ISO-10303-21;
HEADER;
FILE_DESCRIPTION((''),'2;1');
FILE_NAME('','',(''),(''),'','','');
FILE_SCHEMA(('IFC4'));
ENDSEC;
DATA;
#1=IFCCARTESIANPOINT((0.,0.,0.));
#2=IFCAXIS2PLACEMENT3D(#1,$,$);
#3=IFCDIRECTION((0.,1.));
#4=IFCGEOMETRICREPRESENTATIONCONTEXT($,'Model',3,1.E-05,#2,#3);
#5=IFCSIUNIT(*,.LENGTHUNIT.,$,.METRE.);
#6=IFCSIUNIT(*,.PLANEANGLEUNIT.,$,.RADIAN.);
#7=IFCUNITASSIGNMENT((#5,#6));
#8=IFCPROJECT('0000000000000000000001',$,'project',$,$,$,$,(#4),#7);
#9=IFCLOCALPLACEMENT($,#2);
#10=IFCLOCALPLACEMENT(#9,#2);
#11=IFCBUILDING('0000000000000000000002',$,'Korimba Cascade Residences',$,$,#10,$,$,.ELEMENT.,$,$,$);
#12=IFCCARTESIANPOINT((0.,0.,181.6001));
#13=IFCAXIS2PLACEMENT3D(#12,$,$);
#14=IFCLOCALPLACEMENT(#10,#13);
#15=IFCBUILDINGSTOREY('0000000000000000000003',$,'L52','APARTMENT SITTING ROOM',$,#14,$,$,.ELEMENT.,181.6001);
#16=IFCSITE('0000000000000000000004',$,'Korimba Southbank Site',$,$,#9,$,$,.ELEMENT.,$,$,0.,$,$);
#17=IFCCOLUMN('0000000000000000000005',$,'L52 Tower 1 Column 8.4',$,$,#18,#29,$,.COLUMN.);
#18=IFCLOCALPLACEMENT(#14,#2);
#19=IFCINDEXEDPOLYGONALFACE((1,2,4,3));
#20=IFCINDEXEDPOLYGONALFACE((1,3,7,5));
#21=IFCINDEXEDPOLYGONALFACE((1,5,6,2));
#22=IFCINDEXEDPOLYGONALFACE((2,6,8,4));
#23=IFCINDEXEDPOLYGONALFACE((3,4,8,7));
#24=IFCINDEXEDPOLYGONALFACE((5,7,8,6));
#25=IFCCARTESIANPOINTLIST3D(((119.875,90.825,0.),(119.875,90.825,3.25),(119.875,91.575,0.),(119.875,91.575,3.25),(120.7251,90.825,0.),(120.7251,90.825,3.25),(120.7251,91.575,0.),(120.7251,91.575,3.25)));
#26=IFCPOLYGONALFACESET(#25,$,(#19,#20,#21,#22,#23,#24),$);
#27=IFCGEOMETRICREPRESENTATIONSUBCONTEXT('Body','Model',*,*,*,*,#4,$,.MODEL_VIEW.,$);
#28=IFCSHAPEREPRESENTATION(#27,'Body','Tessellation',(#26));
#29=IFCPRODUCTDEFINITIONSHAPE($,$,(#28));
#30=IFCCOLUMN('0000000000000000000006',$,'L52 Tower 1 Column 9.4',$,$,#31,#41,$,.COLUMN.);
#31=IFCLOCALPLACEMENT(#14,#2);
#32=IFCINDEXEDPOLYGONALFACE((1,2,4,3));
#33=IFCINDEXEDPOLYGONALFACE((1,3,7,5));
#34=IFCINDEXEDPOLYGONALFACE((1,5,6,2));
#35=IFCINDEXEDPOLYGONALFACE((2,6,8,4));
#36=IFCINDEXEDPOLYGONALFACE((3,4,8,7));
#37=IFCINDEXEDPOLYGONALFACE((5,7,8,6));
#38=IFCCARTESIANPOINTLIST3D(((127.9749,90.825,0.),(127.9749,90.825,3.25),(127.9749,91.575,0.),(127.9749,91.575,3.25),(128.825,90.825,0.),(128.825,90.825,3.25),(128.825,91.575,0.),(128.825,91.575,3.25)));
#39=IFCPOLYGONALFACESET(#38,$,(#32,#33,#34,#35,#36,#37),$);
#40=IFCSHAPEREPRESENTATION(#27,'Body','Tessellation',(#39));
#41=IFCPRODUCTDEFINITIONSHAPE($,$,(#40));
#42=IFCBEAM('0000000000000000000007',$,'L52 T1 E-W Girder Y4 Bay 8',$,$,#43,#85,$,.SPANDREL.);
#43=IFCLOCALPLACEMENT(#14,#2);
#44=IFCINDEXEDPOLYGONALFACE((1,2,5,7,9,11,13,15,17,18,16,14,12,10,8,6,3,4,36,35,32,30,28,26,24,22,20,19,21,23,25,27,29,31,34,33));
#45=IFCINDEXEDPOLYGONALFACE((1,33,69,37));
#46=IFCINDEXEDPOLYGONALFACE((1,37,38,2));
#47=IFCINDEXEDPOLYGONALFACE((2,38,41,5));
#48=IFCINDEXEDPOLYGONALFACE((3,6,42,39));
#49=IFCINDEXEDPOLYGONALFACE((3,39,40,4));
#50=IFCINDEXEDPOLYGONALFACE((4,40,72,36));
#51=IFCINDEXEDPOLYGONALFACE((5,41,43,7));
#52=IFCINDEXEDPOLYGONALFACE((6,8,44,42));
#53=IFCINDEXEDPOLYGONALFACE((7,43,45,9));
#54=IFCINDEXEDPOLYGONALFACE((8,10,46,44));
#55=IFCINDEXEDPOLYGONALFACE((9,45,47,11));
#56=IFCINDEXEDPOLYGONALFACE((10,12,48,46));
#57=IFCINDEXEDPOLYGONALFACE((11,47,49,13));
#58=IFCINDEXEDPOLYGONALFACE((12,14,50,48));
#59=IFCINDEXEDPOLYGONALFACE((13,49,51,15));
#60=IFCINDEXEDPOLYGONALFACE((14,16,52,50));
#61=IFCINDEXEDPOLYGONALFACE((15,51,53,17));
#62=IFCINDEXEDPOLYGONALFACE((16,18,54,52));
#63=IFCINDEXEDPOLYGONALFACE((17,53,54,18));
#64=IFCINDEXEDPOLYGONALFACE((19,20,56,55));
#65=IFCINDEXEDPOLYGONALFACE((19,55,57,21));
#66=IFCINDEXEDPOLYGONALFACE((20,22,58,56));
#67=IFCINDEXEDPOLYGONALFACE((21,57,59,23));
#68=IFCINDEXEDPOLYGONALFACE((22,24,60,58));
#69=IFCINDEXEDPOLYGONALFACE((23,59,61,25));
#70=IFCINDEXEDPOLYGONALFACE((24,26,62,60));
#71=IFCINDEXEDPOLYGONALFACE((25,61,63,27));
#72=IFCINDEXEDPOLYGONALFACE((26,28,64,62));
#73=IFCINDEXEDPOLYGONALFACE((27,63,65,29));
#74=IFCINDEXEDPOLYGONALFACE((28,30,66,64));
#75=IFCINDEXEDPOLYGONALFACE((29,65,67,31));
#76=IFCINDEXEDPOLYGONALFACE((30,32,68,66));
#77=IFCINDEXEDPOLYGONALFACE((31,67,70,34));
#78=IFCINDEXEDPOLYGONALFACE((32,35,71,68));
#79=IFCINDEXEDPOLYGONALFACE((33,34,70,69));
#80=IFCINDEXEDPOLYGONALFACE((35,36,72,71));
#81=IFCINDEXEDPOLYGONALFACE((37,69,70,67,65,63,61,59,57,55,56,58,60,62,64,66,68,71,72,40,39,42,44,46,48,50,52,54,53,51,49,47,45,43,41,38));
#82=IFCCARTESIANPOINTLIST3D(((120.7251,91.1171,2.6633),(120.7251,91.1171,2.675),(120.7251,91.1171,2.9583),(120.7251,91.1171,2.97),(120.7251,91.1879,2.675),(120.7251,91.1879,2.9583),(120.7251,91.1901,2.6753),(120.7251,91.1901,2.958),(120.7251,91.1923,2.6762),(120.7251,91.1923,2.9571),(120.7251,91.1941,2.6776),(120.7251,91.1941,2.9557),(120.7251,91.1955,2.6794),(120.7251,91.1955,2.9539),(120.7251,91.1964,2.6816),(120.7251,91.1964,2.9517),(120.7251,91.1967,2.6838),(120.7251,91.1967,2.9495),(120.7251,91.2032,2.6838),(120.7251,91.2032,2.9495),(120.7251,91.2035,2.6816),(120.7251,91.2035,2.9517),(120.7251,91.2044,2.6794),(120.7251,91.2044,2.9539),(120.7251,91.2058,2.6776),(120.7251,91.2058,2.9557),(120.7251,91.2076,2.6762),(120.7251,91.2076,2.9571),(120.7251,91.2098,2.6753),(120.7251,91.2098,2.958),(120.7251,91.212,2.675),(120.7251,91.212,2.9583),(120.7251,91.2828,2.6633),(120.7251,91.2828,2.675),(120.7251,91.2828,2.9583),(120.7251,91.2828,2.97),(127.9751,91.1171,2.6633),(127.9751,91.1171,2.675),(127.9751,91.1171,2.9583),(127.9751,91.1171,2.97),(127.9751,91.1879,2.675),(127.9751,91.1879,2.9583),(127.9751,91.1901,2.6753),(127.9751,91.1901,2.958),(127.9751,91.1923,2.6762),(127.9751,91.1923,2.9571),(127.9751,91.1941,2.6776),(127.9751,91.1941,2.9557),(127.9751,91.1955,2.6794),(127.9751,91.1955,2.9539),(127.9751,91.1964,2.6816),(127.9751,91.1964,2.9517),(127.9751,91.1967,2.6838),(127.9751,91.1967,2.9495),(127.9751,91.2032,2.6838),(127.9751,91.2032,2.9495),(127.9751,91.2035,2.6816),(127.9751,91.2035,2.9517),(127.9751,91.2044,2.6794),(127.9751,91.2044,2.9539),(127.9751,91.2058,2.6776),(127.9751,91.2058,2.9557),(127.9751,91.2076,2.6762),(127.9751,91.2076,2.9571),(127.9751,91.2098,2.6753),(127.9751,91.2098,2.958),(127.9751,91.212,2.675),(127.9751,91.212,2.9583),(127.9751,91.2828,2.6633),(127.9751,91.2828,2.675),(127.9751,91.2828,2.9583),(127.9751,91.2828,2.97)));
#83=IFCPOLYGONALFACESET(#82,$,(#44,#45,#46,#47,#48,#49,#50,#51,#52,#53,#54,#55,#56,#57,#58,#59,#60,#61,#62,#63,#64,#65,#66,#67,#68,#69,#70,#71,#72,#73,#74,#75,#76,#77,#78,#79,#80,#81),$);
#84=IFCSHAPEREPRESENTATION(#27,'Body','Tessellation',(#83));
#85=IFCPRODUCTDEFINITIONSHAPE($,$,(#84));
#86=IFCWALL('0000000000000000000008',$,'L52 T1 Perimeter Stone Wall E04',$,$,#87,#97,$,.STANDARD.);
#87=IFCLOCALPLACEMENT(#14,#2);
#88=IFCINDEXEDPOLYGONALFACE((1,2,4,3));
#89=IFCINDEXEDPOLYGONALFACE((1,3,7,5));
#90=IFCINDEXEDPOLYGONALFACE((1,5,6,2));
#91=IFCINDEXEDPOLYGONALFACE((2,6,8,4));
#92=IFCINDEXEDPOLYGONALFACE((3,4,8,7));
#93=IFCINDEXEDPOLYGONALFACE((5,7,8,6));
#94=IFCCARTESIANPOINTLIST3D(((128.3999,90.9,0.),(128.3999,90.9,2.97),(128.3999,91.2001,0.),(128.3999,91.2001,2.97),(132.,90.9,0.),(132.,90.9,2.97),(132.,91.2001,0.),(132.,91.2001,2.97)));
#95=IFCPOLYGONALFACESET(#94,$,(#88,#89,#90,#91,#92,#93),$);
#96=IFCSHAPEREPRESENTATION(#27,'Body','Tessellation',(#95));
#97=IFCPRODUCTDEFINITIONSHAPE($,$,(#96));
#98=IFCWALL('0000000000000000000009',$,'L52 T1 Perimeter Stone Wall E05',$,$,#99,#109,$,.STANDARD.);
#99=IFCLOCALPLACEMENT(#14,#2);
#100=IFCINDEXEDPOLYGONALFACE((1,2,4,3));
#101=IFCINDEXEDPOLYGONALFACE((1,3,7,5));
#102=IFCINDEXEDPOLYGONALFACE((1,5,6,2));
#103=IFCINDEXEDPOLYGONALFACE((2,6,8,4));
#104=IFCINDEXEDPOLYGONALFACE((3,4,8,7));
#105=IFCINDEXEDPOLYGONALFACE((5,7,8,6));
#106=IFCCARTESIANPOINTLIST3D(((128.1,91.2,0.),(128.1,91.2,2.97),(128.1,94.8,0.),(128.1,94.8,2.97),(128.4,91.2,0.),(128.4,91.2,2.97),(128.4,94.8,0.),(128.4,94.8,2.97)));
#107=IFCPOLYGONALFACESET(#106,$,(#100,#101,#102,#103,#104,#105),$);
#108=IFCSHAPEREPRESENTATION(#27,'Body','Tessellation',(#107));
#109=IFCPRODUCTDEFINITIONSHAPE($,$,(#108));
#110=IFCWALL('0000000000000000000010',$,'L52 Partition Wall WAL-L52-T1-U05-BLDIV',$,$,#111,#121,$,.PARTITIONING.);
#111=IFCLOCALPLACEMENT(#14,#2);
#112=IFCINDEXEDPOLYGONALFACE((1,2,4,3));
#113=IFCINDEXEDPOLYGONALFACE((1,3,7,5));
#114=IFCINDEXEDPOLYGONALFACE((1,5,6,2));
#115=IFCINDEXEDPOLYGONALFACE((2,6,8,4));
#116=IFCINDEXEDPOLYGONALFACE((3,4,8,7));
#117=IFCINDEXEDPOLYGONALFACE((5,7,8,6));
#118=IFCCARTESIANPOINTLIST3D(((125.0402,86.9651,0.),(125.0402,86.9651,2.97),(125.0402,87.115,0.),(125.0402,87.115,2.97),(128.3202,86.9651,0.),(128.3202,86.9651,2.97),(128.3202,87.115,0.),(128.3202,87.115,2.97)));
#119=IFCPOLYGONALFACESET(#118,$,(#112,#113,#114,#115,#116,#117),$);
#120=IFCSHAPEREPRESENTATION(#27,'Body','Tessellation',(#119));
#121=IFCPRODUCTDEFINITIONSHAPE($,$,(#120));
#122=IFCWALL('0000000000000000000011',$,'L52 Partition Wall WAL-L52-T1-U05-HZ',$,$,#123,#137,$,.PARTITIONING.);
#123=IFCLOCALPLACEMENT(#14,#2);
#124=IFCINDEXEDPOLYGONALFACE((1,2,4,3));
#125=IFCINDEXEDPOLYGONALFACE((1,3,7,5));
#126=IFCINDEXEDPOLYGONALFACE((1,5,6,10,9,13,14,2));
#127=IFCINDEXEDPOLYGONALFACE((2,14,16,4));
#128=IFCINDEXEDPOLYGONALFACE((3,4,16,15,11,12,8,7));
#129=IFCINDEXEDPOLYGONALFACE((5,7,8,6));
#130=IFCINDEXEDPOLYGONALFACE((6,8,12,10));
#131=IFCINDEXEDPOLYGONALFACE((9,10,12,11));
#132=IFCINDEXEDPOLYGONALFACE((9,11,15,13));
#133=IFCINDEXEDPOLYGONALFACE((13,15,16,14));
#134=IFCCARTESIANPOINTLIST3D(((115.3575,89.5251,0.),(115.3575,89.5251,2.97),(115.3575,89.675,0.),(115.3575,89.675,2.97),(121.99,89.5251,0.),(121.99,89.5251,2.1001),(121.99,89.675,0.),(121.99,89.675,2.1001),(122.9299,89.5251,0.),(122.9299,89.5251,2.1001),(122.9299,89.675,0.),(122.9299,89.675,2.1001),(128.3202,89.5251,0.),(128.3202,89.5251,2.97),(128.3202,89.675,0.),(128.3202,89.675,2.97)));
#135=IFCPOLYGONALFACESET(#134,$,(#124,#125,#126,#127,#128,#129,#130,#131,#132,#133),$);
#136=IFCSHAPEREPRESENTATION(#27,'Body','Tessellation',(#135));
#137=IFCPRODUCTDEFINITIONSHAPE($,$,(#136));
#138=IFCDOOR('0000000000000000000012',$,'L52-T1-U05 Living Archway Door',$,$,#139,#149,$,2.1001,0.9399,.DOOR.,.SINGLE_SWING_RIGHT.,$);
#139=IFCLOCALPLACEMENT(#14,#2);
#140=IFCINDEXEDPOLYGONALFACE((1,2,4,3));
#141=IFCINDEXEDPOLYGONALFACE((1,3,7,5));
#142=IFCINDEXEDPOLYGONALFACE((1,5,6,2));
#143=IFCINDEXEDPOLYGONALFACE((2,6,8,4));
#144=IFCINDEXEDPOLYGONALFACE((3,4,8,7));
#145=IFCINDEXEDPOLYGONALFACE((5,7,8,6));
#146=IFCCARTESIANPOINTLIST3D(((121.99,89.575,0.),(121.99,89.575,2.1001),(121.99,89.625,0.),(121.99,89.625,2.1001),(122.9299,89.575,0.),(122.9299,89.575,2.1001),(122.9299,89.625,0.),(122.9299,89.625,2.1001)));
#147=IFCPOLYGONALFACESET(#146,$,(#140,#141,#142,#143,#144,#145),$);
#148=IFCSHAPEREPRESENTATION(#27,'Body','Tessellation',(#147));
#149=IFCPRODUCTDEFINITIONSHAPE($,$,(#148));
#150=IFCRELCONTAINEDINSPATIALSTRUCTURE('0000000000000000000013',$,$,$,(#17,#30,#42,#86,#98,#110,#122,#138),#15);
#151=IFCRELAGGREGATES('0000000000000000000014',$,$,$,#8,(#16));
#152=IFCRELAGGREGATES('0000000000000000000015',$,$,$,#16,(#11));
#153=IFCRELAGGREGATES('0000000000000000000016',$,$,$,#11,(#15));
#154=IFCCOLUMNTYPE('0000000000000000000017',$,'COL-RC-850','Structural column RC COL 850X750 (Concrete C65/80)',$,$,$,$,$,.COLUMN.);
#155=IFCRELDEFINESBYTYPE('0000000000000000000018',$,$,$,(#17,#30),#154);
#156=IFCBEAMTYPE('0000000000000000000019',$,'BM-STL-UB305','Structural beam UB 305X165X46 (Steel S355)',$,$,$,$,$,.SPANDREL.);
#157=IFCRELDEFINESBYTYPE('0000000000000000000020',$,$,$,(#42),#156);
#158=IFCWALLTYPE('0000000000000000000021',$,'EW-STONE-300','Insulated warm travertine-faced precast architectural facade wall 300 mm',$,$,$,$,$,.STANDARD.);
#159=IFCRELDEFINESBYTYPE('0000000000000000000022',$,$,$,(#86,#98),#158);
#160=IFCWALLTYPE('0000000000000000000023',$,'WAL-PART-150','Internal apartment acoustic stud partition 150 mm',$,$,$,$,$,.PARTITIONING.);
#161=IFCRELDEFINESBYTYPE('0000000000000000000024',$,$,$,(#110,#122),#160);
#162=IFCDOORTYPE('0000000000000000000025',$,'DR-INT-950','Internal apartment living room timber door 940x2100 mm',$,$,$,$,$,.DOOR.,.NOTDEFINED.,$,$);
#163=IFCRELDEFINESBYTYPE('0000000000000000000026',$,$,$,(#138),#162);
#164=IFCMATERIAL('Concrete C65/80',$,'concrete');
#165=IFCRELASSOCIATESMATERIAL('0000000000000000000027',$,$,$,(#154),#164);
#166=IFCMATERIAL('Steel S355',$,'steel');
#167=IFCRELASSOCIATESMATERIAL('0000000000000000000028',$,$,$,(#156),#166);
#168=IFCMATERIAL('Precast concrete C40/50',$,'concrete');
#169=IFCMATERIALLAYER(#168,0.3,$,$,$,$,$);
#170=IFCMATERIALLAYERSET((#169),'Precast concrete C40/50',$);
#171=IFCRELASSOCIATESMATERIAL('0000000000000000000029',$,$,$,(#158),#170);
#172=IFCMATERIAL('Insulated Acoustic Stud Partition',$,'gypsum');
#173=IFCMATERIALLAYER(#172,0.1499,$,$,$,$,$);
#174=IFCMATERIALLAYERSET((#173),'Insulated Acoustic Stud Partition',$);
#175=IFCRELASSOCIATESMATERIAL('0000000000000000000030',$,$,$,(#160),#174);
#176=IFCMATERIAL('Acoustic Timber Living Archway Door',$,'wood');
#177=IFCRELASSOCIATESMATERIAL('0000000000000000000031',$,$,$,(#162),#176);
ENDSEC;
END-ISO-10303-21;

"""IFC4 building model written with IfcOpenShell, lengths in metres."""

from ifc_helpers import new_model, si_unit, direction, frame, frame_2d, origin, origin_2d, place, context, subcontext, project, spatial, rectangle, i_section, extrude, material, layer, layer_set, material_profile, profile_set, type_object, element, fill, save


model = new_model("IFC4")

# Units and contexts
model_context = context("Model", 3, precision=1e-05, world=origin(), true_north=direction((0.0, 1.0)))
body_context = subcontext(model_context, "Body", "Model", "MODEL_VIEW")
ifc_project = project(units=[si_unit("LENGTHUNIT", "METRE"), si_unit("PLANEANGLEUNIT", "RADIAN")], contexts=[model_context])

# Site, building, storey
site_placement = place(None, origin())
site = spatial("IfcSite", under=ifc_project, at=site_placement, Name="Korimba Southbank Site", CompositionType="ELEMENT", RefElevation=0.0)
building_placement = place(site_placement, origin())
building = spatial("IfcBuilding", under=site, at=building_placement, Name="Korimba Cascade Residences", CompositionType="ELEMENT")
storey_placement = place(building_placement, frame((0.0, 0.0, 181.6001)))
storey = spatial("IfcBuildingStorey", under=building, at=storey_placement, Name="L52", Description="APARTMENT SITTING ROOM", CompositionType="ELEMENT", Elevation=181.6001)

# Columns
ifc_material_1 = material(Name="Concrete C65/80", Category="concrete")
ifc_material_profile_1 = material_profile(ifc_material_1, rectangle(XDim=0.8501, YDim=0.75, at=origin_2d()), Name="Concrete C65/80")
ifc_profile_set_1 = profile_set([ifc_material_profile_1], Name="Concrete C65/80")
column_type = type_object("IfcColumnType", Name="COL-RC-850", Description="Structural column RC COL 850X750 (Concrete C65/80)", PredefinedType="COLUMN", material=ifc_profile_set_1)
for number, where, z_axis, x_axis, name in (
    (1, (120.3, 91.2, 0.0), (0.0, 0.0, 1.0), (1.0, 0.0, 0.0), "L52 Tower 1 Column 8.4"),
    (2, (128.3999, 91.2, 0.0), (0.0, 0.0, 1.0), (1.0, 0.0, 0.0), "L52 Tower 1 Column 9.4"),
):
    element("IfcColumn", number, at=place(storey_placement, frame(where, z_axis=z_axis, x_axis=x_axis)), inside=storey, type_object=column_type, Name=name, PredefinedType="COLUMN", context=body_context, shape_type="SweptSolid", body=[
        extrude(rectangle(XDim=0.8501, YDim=0.75, at=origin_2d()), origin(), (0.0, 0.0, 1.0), 3.25),
    ])

# Beam
ifc_material_2 = material(Name="Steel S355", Category="steel")
ifc_material_profile_2 = material_profile(ifc_material_2, i_section(OverallWidth=0.1658, OverallDepth=0.3066, WebThickness=0.0066, FlangeThickness=0.0117, FilletRadius=0.0088, at=origin_2d()), Name="Steel S355")
ifc_profile_set_2 = profile_set([ifc_material_profile_2], Name="Steel S355")
beam_type = type_object("IfcBeamType", Name="BM-STL-UB305", Description="Structural beam UB 305X165X46 (Steel S355)", PredefinedType="SPANDREL", material=ifc_profile_set_2)
beam_placement = place(storey_placement, frame((120.7251, 91.2, 2.8167), z_axis=(1.0, 0.0, 0.0), x_axis=(0.0, 1.0, 0.0)))
element("IfcBeam", 3, at=beam_placement, inside=storey, type_object=beam_type, Name="L52 T1 E-W Girder Y4 Bay 8", PredefinedType="SPANDREL", context=body_context, shape_type="SweptSolid", body=[
    extrude(i_section(OverallWidth=0.1658, OverallDepth=0.3066, WebThickness=0.0066, FlangeThickness=0.0117, FilletRadius=0.0088, at=origin_2d()), origin(), (0.0, 0.0, 1.0), 7.25),
])

# Shared definitions
ifc_material_3 = material(Name="Precast concrete C40/50", Category="concrete")

# Walls
ifc_layer_1 = layer(ifc_material_3, 0.3)
ifc_layer_set_1 = layer_set([ifc_layer_1], Name="Precast concrete C40/50")
wall_type_1 = type_object("IfcWallType", Name="EW-STONE-300", Description="Insulated warm travertine-faced precast architectural facade wall 300 mm", PredefinedType="STANDARD", material=ifc_layer_set_1)
for number, where, z_axis, x_axis, name in (
    (4, (132.0, 91.05, 0.0), (0.0, 0.0, 1.0), (-1.0, 0.0, 0.0), "L52 T1 Perimeter Stone Wall E04"),
    (5, (128.25, 91.2, 0.0), (0.0, 0.0, 1.0), (0.0, 1.0, 0.0), "L52 T1 Perimeter Stone Wall E05"),
):
    element("IfcWall", number, at=place(storey_placement, frame(where, z_axis=z_axis, x_axis=x_axis)), inside=storey, type_object=wall_type_1, Name=name, PredefinedType="STANDARD", context=body_context, shape_type="SweptSolid", body=[
        extrude(rectangle(XDim=3.6001, YDim=0.3, at=frame_2d((1.8, 0.0))), origin(), (0.0, 0.0, 1.0), 2.97),
    ])
ifc_material_4 = material(Name="Insulated Acoustic Stud Partition", Category="gypsum")
ifc_layer_2 = layer(ifc_material_4, 0.1499)
ifc_layer_set_2 = layer_set([ifc_layer_2], Name="Insulated Acoustic Stud Partition")
wall_type_2 = type_object("IfcWallType", Name="WAL-PART-150", Description="Internal apartment acoustic stud partition 150 mm", PredefinedType="PARTITIONING", material=ifc_layer_set_2)
wall_1_placement = place(storey_placement, frame((125.04, 87.04, 0.0), z_axis=(0.0, 0.0, 1.0), x_axis=(1.0, 0.0, 0.0)))
element("IfcWall", 6, at=wall_1_placement, inside=storey, type_object=wall_type_2, Name="L52 Partition Wall WAL-L52-T1-U05-BLDIV", PredefinedType="PARTITIONING", context=body_context, shape_type="SweptSolid", body=[
    extrude(rectangle(XDim=3.28, YDim=0.1499, at=frame_2d((1.6401, 0.0))), origin(), (0.0, 0.0, 1.0), 2.97),
])

# Wall, opening, door
wall_2_placement = place(storey_placement, frame((115.3574, 89.6001, 0.0), z_axis=(0.0, 0.0, 1.0), x_axis=(1.0, 0.0, 0.0)))
wall_2 = element("IfcWall", 7, at=wall_2_placement, inside=storey, type_object=wall_type_2, Name="L52 Partition Wall WAL-L52-T1-U05-HZ", PredefinedType="PARTITIONING", context=body_context, shape_type="SweptSolid", body=[
    extrude(rectangle(XDim=12.9626, YDim=0.1499, at=frame_2d((6.4814, 0.0))), origin(), (0.0, 0.0, 1.0), 2.97),
])
opening_1_placement = place(wall_2_placement, frame((6.6326, 0.0, 0.0)))
opening_1 = element("IfcOpeningElement", 8, at=opening_1_placement, cuts=wall_2, PredefinedType="OPENING", context=body_context, shape_type="SweptSolid", body=[
    extrude(rectangle(XDim=0.9399, YDim=2.1001, at=frame_2d((0.47, 1.05))), frame((0.0, 0.085, 0.0), z_axis=(0.0, -1.0, 0.0), x_axis=(1.0, 0.0, 0.0)), (0.0, 0.0, 1.0), 0.1699),
])
ifc_material_5 = material(Name="Acoustic Timber Living Archway Door", Category="wood")
door_type_1 = type_object("IfcDoorType", Name="DR-INT-950", Description="Internal apartment living room timber door 940x2100 mm", OperationType="NOTDEFINED", PredefinedType="DOOR", material=ifc_material_5)
door_1_placement = place(opening_1_placement, origin())
door_1 = element("IfcDoor", 9, at=door_1_placement, inside=storey, type_object=door_type_1, Name="L52-T1-U05 Living Archway Door", OperationType="SINGLE_SWING_RIGHT", OverallHeight=2.1001, OverallWidth=0.9399, PredefinedType="DOOR", context=body_context, shape_type="SweptSolid", body=[
    extrude(rectangle(XDim=0.9399, YDim=2.1001, at=frame_2d((0.47, 1.05))), frame((0.0, 0.0249, 0.0), z_axis=(0.0, -1.0, 0.0), x_axis=(1.0, 0.0, 0.0)), (0.0, 0.0, 1.0), 0.05),
])
fill(opening_1, door_1)

save(model, "model.ifc")
